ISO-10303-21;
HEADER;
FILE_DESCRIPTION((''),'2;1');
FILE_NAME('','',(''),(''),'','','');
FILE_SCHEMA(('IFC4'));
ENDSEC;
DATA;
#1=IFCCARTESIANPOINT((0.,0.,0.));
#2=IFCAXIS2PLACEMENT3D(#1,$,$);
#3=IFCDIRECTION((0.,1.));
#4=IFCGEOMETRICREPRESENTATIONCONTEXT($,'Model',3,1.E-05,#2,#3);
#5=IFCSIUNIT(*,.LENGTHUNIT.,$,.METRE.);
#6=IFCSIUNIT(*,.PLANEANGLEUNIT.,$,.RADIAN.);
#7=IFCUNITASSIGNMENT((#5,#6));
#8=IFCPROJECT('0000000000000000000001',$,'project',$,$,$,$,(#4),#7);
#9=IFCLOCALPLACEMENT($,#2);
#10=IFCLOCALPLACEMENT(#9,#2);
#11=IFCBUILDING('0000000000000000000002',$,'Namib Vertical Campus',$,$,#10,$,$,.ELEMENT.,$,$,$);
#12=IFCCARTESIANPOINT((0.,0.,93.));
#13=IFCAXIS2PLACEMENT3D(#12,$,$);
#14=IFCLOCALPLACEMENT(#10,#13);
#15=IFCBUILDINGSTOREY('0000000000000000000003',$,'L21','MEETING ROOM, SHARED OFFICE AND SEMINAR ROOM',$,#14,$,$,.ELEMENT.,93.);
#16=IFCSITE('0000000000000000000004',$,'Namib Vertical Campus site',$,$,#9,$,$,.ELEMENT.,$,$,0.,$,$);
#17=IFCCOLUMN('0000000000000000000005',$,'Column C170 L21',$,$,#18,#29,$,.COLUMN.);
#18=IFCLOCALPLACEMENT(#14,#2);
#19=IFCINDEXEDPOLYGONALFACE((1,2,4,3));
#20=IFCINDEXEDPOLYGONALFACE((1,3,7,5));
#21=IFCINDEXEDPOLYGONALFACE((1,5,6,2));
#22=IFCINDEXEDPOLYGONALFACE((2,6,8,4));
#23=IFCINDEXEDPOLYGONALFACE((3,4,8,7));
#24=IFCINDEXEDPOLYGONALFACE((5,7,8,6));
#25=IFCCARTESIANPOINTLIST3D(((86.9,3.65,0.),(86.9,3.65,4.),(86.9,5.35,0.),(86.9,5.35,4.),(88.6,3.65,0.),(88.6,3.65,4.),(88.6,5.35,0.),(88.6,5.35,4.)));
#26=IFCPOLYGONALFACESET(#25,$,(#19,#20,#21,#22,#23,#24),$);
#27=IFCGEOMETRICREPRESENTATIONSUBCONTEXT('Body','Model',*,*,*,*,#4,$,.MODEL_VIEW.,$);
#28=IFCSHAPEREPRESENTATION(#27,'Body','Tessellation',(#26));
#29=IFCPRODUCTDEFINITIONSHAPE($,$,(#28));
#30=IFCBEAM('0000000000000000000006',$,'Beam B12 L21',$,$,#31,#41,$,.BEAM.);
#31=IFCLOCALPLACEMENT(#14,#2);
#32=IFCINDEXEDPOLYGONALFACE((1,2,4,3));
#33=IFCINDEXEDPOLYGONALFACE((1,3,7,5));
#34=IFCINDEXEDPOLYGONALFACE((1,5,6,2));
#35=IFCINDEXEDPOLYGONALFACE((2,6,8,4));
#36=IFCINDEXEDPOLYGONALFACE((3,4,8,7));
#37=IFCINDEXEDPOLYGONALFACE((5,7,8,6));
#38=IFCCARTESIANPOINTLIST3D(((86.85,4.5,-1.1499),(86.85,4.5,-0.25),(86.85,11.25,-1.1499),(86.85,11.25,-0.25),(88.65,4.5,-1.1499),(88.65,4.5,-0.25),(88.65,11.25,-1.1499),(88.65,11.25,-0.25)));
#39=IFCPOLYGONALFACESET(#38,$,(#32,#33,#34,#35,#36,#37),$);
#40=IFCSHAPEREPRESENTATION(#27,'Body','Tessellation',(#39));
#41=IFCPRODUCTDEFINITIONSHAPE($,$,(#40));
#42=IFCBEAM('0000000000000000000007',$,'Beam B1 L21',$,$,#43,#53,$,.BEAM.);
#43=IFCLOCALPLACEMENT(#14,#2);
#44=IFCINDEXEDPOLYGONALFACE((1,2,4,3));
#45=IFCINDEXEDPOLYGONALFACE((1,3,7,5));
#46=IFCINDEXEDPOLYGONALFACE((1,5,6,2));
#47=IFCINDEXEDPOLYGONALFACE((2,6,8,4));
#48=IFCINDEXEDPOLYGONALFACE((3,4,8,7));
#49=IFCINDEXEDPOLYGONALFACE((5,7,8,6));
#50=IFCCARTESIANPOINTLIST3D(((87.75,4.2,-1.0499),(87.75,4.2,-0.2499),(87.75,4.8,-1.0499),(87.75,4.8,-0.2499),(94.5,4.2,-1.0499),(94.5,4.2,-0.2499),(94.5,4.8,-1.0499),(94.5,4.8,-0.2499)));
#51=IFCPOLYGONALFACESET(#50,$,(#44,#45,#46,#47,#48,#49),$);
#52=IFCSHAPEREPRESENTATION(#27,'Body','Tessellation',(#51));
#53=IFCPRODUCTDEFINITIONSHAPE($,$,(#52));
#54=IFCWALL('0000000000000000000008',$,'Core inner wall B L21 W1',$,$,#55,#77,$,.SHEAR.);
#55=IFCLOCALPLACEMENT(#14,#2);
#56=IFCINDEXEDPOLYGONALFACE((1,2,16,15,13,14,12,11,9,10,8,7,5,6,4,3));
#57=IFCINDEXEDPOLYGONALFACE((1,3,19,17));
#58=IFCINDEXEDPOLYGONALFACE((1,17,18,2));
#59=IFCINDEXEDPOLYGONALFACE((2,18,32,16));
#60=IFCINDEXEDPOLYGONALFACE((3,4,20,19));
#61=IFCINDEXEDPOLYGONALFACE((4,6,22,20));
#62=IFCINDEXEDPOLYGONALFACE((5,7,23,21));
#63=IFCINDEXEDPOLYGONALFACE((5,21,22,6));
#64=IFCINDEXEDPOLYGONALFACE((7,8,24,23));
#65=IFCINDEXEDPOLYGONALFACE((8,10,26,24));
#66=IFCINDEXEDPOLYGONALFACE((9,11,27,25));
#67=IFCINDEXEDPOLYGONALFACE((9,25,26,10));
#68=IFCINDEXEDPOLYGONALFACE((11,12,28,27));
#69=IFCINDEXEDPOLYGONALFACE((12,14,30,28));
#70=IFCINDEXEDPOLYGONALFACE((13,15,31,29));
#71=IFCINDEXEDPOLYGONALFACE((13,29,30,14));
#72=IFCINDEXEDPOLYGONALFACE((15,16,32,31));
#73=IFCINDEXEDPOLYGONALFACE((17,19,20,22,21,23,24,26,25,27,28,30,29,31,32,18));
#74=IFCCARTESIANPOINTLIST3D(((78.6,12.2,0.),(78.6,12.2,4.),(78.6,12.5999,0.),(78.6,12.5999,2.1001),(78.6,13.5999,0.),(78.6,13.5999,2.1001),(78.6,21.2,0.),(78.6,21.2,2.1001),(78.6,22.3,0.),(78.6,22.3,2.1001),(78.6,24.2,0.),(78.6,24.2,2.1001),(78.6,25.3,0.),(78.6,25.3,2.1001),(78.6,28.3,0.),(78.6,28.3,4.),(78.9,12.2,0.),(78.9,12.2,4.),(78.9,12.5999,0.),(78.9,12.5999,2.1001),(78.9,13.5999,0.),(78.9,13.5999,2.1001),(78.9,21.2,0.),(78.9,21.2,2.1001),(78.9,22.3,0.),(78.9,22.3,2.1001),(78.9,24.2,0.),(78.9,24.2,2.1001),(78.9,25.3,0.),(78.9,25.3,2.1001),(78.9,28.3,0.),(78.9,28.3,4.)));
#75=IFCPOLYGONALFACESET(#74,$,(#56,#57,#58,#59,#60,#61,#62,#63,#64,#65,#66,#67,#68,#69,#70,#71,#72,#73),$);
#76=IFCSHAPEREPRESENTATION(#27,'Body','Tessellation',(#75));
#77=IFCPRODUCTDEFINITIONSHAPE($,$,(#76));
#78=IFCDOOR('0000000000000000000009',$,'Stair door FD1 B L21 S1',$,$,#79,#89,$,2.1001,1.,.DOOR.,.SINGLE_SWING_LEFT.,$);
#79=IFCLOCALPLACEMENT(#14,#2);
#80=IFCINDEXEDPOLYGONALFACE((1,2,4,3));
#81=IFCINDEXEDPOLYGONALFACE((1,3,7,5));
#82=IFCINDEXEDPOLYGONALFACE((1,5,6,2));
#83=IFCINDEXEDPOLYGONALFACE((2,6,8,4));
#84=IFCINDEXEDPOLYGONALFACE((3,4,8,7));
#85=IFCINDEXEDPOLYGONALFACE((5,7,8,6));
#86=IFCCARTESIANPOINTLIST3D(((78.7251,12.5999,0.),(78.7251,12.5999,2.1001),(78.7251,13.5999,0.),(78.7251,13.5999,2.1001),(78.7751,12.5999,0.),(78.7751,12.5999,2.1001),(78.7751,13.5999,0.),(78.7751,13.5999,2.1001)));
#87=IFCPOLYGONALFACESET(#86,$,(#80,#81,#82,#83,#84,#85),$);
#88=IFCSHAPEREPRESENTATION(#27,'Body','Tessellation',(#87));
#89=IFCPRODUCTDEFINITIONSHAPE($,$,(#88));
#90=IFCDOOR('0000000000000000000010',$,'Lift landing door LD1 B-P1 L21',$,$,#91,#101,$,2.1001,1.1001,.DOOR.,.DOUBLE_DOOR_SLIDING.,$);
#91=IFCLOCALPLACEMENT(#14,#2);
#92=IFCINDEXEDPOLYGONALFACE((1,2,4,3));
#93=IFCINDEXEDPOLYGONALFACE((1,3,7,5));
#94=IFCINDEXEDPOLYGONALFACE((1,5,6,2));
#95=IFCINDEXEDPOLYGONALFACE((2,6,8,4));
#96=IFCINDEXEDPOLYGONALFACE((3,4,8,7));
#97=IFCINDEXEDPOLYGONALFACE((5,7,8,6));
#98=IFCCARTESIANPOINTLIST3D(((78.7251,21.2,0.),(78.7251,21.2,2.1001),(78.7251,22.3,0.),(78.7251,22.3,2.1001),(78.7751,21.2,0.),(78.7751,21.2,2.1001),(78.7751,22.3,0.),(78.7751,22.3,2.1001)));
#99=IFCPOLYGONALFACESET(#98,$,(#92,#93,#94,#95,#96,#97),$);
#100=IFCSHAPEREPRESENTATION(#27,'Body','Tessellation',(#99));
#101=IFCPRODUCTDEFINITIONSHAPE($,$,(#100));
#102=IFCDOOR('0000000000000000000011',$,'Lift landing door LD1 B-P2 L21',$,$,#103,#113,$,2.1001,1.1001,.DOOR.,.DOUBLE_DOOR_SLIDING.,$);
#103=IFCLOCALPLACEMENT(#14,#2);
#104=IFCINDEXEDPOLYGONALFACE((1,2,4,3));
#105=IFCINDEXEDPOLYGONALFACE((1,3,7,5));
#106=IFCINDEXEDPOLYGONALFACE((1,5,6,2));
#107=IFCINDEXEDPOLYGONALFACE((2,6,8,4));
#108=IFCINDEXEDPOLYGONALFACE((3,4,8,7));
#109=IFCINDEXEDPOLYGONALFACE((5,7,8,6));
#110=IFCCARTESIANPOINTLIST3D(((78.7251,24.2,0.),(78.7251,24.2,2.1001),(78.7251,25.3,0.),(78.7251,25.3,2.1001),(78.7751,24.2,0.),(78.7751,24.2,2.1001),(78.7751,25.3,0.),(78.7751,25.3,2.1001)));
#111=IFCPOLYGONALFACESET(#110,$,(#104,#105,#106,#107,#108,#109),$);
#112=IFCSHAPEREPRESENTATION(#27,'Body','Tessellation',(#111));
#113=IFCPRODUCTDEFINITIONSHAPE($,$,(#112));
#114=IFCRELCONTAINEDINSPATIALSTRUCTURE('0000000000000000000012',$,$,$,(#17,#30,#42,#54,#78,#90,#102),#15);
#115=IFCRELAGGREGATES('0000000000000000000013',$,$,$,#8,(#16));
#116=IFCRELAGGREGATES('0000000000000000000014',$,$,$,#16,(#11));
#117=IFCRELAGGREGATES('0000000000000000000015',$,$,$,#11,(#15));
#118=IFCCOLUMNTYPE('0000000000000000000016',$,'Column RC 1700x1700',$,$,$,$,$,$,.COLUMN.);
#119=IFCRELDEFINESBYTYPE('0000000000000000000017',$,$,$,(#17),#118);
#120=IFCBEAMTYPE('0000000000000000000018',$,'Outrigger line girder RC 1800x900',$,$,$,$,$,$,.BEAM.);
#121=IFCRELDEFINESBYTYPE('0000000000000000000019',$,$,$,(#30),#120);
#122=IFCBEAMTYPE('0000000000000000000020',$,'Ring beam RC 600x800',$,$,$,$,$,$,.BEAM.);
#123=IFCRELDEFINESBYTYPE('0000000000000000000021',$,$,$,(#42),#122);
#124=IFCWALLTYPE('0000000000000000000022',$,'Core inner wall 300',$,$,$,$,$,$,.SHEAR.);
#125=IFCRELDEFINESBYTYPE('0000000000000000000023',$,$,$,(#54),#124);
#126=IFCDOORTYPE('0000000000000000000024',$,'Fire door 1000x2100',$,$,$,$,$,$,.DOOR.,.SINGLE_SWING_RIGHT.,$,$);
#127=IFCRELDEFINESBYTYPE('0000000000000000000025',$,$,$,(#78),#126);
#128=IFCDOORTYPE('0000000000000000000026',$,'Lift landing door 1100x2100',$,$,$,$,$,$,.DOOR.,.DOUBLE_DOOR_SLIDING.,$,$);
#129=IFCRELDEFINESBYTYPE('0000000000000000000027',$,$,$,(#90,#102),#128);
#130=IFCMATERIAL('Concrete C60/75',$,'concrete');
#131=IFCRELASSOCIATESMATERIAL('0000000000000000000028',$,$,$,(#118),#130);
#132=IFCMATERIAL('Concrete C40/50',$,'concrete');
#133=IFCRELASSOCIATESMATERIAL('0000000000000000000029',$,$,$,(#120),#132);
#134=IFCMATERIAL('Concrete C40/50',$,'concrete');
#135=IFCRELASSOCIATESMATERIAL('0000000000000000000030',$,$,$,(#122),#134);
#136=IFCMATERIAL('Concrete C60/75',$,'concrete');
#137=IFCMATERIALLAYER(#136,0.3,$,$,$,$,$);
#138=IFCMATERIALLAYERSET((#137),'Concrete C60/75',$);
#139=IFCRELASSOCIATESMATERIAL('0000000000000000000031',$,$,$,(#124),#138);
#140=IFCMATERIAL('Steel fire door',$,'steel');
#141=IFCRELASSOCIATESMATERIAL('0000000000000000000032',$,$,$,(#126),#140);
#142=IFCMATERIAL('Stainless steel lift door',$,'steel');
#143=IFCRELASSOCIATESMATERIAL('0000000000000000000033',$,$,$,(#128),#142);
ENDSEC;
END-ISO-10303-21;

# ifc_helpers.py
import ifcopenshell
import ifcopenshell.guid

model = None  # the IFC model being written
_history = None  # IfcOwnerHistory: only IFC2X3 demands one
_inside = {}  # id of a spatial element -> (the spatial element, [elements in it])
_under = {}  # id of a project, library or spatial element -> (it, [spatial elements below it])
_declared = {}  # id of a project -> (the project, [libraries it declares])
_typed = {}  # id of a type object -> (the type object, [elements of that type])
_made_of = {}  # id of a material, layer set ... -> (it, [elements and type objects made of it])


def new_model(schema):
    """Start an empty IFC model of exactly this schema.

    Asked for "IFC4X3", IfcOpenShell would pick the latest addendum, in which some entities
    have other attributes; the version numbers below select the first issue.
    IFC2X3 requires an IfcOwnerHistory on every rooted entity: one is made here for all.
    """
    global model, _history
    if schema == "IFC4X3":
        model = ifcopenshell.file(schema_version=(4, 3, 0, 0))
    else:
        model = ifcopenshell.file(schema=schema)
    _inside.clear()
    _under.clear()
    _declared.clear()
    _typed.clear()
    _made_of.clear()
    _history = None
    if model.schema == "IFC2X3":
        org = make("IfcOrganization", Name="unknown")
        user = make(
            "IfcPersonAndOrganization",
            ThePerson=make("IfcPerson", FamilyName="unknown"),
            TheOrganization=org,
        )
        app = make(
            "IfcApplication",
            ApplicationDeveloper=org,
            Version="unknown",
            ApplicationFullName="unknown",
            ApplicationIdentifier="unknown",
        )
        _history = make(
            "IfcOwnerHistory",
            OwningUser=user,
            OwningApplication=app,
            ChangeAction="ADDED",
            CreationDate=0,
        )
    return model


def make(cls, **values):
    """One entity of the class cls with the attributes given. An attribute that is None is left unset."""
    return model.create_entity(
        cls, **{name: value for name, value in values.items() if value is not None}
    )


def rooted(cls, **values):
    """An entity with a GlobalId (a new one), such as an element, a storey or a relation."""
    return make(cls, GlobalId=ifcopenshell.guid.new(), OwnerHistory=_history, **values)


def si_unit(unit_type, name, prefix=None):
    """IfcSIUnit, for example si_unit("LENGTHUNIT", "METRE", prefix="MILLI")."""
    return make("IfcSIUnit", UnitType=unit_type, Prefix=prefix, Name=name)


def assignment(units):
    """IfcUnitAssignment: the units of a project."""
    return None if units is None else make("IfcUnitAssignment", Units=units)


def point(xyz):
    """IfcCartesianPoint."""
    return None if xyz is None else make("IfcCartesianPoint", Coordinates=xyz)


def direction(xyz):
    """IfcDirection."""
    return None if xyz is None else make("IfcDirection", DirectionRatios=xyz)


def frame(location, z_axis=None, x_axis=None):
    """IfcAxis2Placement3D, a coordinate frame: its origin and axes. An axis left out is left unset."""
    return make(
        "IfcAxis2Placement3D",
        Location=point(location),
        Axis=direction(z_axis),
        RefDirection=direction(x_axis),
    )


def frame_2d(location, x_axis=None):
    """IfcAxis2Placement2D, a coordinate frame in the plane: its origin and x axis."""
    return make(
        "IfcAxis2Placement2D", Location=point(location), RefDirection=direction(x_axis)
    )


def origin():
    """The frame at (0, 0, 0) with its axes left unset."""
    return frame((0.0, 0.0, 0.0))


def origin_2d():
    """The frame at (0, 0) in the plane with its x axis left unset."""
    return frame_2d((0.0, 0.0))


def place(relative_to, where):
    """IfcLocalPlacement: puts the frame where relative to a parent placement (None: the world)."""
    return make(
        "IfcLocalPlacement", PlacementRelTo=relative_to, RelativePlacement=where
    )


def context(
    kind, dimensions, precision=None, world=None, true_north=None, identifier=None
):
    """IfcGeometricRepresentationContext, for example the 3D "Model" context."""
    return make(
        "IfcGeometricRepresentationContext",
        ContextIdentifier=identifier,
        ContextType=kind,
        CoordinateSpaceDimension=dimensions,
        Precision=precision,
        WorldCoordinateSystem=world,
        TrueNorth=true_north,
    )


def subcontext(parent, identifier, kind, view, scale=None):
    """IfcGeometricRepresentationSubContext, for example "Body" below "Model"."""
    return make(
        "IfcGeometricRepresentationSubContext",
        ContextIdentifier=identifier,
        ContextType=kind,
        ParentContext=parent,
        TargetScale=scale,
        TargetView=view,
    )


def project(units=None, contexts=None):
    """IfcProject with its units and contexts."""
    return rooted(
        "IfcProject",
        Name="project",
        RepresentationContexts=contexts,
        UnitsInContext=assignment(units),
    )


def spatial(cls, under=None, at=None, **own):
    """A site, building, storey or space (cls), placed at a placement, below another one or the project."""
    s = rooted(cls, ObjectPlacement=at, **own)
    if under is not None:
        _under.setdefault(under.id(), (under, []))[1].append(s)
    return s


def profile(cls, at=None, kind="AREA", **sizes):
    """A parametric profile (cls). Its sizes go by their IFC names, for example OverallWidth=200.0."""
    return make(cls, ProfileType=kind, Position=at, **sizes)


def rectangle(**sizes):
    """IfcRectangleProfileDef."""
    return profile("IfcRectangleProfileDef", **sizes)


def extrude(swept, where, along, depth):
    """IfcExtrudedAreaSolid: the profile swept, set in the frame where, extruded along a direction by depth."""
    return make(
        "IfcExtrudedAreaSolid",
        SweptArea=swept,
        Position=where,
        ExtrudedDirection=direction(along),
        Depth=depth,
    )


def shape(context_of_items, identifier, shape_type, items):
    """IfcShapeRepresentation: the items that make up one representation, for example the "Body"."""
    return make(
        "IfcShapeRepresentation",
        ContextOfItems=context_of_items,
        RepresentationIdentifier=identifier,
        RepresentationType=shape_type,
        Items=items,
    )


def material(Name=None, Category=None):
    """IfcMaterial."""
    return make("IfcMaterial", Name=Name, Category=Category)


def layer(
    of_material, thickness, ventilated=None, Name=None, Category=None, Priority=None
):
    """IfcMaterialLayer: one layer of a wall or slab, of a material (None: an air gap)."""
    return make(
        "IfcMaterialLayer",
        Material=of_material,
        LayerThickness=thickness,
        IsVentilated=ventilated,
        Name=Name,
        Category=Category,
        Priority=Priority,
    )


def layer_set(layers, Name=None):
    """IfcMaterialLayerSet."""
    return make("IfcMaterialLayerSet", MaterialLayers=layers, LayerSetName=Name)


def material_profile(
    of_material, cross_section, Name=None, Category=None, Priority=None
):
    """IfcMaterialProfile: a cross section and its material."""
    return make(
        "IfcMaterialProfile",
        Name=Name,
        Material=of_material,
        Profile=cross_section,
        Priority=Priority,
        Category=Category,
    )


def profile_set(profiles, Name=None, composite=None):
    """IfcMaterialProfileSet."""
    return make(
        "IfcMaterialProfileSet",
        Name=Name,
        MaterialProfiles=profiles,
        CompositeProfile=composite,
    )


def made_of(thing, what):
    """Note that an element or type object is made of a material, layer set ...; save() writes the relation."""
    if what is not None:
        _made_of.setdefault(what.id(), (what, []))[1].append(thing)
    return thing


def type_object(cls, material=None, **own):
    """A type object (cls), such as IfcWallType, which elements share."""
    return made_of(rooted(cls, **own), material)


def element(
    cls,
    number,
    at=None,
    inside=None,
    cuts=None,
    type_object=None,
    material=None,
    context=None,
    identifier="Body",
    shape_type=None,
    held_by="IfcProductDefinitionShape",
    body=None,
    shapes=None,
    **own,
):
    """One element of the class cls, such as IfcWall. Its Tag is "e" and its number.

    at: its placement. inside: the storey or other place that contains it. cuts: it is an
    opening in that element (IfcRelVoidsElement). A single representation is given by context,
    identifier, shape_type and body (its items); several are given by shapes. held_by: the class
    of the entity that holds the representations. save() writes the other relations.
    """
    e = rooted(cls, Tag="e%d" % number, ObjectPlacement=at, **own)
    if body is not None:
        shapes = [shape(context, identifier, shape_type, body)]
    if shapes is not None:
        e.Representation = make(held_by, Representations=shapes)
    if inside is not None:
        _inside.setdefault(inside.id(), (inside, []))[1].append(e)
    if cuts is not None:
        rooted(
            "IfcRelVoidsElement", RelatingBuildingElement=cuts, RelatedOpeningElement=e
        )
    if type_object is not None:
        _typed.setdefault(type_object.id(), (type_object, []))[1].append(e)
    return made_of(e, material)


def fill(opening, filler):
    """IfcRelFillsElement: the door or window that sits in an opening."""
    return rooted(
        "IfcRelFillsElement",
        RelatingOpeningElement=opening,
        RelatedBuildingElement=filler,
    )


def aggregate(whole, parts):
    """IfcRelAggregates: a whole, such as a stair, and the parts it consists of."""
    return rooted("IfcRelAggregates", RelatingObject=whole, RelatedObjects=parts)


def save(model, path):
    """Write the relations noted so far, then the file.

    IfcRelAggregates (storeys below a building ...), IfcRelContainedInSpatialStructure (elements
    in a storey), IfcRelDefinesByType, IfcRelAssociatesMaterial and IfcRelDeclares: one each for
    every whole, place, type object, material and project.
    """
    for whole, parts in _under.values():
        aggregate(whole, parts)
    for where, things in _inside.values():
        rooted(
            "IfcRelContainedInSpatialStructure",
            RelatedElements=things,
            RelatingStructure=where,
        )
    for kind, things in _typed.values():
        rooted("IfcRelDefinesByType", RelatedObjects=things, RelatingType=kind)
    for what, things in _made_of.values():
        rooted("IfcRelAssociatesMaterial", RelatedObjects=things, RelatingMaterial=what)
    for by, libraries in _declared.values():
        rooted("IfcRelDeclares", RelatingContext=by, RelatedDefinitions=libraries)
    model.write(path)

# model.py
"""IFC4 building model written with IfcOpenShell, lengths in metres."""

from ifc_helpers import new_model, si_unit, direction, frame, frame_2d, origin, origin_2d, place, context, subcontext, project, spatial, rectangle, extrude, material, layer, layer_set, material_profile, profile_set, type_object, element, fill, save


model = new_model("IFC4")

# Units and contexts
model_context = context("Model", 3, precision=1e-05, world=origin(), true_north=direction((0.0, 1.0)))
body_context = subcontext(model_context, "Body", "Model", "MODEL_VIEW")
ifc_project = project(units=[si_unit("LENGTHUNIT", "METRE"), si_unit("PLANEANGLEUNIT", "RADIAN")], contexts=[model_context])

# Site, building, storey
site_placement = place(None, origin())
site = spatial("IfcSite", under=ifc_project, at=site_placement, Name="Namib Vertical Campus site", CompositionType="ELEMENT", RefElevation=0.0)
building_placement = place(site_placement, origin())
building = spatial("IfcBuilding", under=site, at=building_placement, Name="Namib Vertical Campus", CompositionType="ELEMENT")
storey_placement = place(building_placement, frame((0.0, 0.0, 93.0)))
storey = spatial("IfcBuildingStorey", under=building, at=storey_placement, Name="L21", Description="MEETING ROOM, SHARED OFFICE AND SEMINAR ROOM", CompositionType="ELEMENT", Elevation=93.0)

# Column
ifc_material_1 = material(Name="Concrete C60/75", Category="concrete")
ifc_material_profile_1 = material_profile(ifc_material_1, rectangle(XDim=1.7, YDim=1.7, at=origin_2d()))
ifc_profile_set_1 = profile_set([ifc_material_profile_1], Name="Concrete C60/75")
column_type = type_object("IfcColumnType", Name="Column RC 1700x1700", PredefinedType="COLUMN", material=ifc_profile_set_1)
column_placement = place(storey_placement, frame((87.75, 4.5, 0.0), z_axis=(0.0, 0.0, 1.0), x_axis=(1.0, 0.0, 0.0)))
element("IfcColumn", 1, at=column_placement, inside=storey, type_object=column_type, Name="Column C170 L21", PredefinedType="COLUMN", context=body_context, shape_type="SweptSolid", body=[
    extrude(rectangle(XDim=1.7, YDim=1.7, at=origin_2d()), origin(), (0.0, 0.0, 1.0), 4.0),
])

# Beams
ifc_material_2 = material(Name="Concrete C40/50", Category="concrete")
ifc_material_profile_2 = material_profile(ifc_material_2, rectangle(XDim=1.8, YDim=0.8999, at=origin_2d()))
ifc_profile_set_2 = profile_set([ifc_material_profile_2], Name="Concrete C40/50")
beam_type_1 = type_object("IfcBeamType", Name="Outrigger line girder RC 1800x900", PredefinedType="BEAM", material=ifc_profile_set_2)
beam_1_placement = place(storey_placement, frame((87.75, 4.5, -0.7), z_axis=(0.0, 1.0, 0.0), x_axis=(-1.0, 0.0, 0.0)))
element("IfcBeam", 2, at=beam_1_placement, inside=storey, type_object=beam_type_1, Name="Beam B12 L21", PredefinedType="BEAM", context=body_context, shape_type="SweptSolid", body=[
    extrude(rectangle(XDim=1.8, YDim=0.8999, at=origin_2d()), origin(), (0.0, 0.0, 1.0), 6.75),
])
ifc_material_3 = material(Name="Concrete C40/50", Category="concrete")
ifc_material_profile_3 = material_profile(ifc_material_3, rectangle(XDim=0.6001, YDim=0.8, at=origin_2d()))
ifc_profile_set_3 = profile_set([ifc_material_profile_3], Name="Concrete C40/50")
beam_type_2 = type_object("IfcBeamType", Name="Ring beam RC 600x800", PredefinedType="BEAM", material=ifc_profile_set_3)
beam_2_placement = place(storey_placement, frame((87.75, 4.5, -0.6499), z_axis=(1.0, 0.0, 0.0), x_axis=(0.0, 1.0, 0.0)))
element("IfcBeam", 3, at=beam_2_placement, inside=storey, type_object=beam_type_2, Name="Beam B1 L21", PredefinedType="BEAM", context=body_context, shape_type="SweptSolid", body=[
    extrude(rectangle(XDim=0.6001, YDim=0.8, at=origin_2d()), origin(), (0.0, 0.0, 1.0), 6.75),
])

# Wall, openings, doors
ifc_material_4 = material(Name="Concrete C60/75", Category="concrete")
ifc_layer_1 = layer(ifc_material_4, 0.3)
ifc_layer_set_1 = layer_set([ifc_layer_1], Name="Concrete C60/75")
wall_type_1 = type_object("IfcWallType", Name="Core inner wall 300", PredefinedType="SHEAR", material=ifc_layer_set_1)
wall_1_placement = place(storey_placement, frame((78.75, 12.2, 0.0), z_axis=(0.0, 0.0, 1.0), x_axis=(0.0, 1.0, 0.0)))
wall_1 = element("IfcWall", 4, at=wall_1_placement, inside=storey, type_object=wall_type_1, Name="Core inner wall B L21 W1", PredefinedType="SHEAR", context=body_context, shape_type="SweptSolid", body=[
    extrude(rectangle(XDim=16.1001, YDim=0.3, at=frame_2d((8.05, 0.0))), origin(), (0.0, 0.0, 1.0), 4.0),
])
opening_1_placement = place(wall_1_placement, frame((0.3999, 0.0, 0.0)))
opening_1 = element("IfcOpeningElement", 5, at=opening_1_placement, cuts=wall_1, PredefinedType="OPENING", context=body_context, shape_type="SweptSolid", body=[
    extrude(rectangle(XDim=1.0, YDim=2.1001, at=frame_2d((0.5, 1.05))), frame((0.0, 0.1599, 0.0), z_axis=(0.0, -1.0, 0.0), x_axis=(1.0, 0.0, 0.0)), (0.0, 0.0, 1.0), 0.3201),
])
opening_2_placement = place(wall_1_placement, frame((9.0, 0.0, 0.0)))
opening_2 = element("IfcOpeningElement", 6, at=opening_2_placement, cuts=wall_1, PredefinedType="OPENING", context=body_context, shape_type="SweptSolid", body=[
    extrude(rectangle(XDim=1.1001, YDim=2.1001, at=frame_2d((0.55, 1.05))), frame((0.0, 0.1599, 0.0), z_axis=(0.0, -1.0, 0.0), x_axis=(1.0, 0.0, 0.0)), (0.0, 0.0, 1.0), 0.3201),
])
opening_3_placement = place(wall_1_placement, frame((12.0, 0.0, 0.0)))
opening_3 = element("IfcOpeningElement", 7, at=opening_3_placement, cuts=wall_1, PredefinedType="OPENING", context=body_context, shape_type="SweptSolid", body=[
    extrude(rectangle(XDim=1.1001, YDim=2.1001, at=frame_2d((0.55, 1.05))), frame((0.0, 0.1599, 0.0), z_axis=(0.0, -1.0, 0.0), x_axis=(1.0, 0.0, 0.0)), (0.0, 0.0, 1.0), 0.3201),
])
ifc_material_5 = material(Name="Steel fire door", Category="steel")
door_type_1 = type_object("IfcDoorType", Name="Fire door 1000x2100", OperationType="SINGLE_SWING_RIGHT", PredefinedType="DOOR", material=ifc_material_5)
door_1_placement = place(opening_1_placement, origin())
door_1 = element("IfcDoor", 8, at=door_1_placement, inside=storey, type_object=door_type_1, Name="Stair door FD1 B L21 S1", OperationType="SINGLE_SWING_LEFT", OverallHeight=2.1001, OverallWidth=1.0, PredefinedType="DOOR", context=body_context, shape_type="SweptSolid", body=[
    extrude(rectangle(XDim=1.0, YDim=2.1001, at=frame_2d((0.5, 1.05))), frame((0.0, 0.0249, 0.0), z_axis=(0.0, -1.0, 0.0), x_axis=(1.0, 0.0, 0.0)), (0.0, 0.0, 1.0), 0.05),
])
fill(opening_1, door_1)
ifc_material_6 = material(Name="Stainless steel lift door", Category="steel")
door_type_2 = type_object("IfcDoorType", Name="Lift landing door 1100x2100", OperationType="DOUBLE_DOOR_SLIDING", PredefinedType="DOOR", material=ifc_material_6)
door_2_placement = place(opening_2_placement, origin())
door_2 = element("IfcDoor", 9, at=door_2_placement, inside=storey, type_object=door_type_2, Name="Lift landing door LD1 B-P1 L21", OperationType="DOUBLE_DOOR_SLIDING", OverallHeight=2.1001, OverallWidth=1.1001, PredefinedType="DOOR", context=body_context, shape_type="SweptSolid", body=[
    extrude(rectangle(XDim=1.1001, YDim=2.1001, at=frame_2d((0.55, 1.05))), frame((0.0, 0.0249, 0.0), z_axis=(0.0, -1.0, 0.0), x_axis=(1.0, 0.0, 0.0)), (0.0, 0.0, 1.0), 0.05),
])
fill(opening_2, door_2)
door_3_placement = place(opening_3_placement, origin())
door_3 = element("IfcDoor", 10, at=door_3_placement, inside=storey, type_object=door_type_2, Name="Lift landing door LD1 B-P2 L21", OperationType="DOUBLE_DOOR_SLIDING", OverallHeight=2.1001, OverallWidth=1.1001, PredefinedType="DOOR", context=body_context, shape_type="SweptSolid", body=[
    extrude(rectangle(XDim=1.1001, YDim=2.1001, at=frame_2d((0.55, 1.05))), frame((0.0, 0.0249, 0.0), z_axis=(0.0, -1.0, 0.0), x_axis=(1.0, 0.0, 0.0)), (0.0, 0.0, 1.0), 0.05),
])
fill(opening_3, door_3)

save(model, "model.ifc")
